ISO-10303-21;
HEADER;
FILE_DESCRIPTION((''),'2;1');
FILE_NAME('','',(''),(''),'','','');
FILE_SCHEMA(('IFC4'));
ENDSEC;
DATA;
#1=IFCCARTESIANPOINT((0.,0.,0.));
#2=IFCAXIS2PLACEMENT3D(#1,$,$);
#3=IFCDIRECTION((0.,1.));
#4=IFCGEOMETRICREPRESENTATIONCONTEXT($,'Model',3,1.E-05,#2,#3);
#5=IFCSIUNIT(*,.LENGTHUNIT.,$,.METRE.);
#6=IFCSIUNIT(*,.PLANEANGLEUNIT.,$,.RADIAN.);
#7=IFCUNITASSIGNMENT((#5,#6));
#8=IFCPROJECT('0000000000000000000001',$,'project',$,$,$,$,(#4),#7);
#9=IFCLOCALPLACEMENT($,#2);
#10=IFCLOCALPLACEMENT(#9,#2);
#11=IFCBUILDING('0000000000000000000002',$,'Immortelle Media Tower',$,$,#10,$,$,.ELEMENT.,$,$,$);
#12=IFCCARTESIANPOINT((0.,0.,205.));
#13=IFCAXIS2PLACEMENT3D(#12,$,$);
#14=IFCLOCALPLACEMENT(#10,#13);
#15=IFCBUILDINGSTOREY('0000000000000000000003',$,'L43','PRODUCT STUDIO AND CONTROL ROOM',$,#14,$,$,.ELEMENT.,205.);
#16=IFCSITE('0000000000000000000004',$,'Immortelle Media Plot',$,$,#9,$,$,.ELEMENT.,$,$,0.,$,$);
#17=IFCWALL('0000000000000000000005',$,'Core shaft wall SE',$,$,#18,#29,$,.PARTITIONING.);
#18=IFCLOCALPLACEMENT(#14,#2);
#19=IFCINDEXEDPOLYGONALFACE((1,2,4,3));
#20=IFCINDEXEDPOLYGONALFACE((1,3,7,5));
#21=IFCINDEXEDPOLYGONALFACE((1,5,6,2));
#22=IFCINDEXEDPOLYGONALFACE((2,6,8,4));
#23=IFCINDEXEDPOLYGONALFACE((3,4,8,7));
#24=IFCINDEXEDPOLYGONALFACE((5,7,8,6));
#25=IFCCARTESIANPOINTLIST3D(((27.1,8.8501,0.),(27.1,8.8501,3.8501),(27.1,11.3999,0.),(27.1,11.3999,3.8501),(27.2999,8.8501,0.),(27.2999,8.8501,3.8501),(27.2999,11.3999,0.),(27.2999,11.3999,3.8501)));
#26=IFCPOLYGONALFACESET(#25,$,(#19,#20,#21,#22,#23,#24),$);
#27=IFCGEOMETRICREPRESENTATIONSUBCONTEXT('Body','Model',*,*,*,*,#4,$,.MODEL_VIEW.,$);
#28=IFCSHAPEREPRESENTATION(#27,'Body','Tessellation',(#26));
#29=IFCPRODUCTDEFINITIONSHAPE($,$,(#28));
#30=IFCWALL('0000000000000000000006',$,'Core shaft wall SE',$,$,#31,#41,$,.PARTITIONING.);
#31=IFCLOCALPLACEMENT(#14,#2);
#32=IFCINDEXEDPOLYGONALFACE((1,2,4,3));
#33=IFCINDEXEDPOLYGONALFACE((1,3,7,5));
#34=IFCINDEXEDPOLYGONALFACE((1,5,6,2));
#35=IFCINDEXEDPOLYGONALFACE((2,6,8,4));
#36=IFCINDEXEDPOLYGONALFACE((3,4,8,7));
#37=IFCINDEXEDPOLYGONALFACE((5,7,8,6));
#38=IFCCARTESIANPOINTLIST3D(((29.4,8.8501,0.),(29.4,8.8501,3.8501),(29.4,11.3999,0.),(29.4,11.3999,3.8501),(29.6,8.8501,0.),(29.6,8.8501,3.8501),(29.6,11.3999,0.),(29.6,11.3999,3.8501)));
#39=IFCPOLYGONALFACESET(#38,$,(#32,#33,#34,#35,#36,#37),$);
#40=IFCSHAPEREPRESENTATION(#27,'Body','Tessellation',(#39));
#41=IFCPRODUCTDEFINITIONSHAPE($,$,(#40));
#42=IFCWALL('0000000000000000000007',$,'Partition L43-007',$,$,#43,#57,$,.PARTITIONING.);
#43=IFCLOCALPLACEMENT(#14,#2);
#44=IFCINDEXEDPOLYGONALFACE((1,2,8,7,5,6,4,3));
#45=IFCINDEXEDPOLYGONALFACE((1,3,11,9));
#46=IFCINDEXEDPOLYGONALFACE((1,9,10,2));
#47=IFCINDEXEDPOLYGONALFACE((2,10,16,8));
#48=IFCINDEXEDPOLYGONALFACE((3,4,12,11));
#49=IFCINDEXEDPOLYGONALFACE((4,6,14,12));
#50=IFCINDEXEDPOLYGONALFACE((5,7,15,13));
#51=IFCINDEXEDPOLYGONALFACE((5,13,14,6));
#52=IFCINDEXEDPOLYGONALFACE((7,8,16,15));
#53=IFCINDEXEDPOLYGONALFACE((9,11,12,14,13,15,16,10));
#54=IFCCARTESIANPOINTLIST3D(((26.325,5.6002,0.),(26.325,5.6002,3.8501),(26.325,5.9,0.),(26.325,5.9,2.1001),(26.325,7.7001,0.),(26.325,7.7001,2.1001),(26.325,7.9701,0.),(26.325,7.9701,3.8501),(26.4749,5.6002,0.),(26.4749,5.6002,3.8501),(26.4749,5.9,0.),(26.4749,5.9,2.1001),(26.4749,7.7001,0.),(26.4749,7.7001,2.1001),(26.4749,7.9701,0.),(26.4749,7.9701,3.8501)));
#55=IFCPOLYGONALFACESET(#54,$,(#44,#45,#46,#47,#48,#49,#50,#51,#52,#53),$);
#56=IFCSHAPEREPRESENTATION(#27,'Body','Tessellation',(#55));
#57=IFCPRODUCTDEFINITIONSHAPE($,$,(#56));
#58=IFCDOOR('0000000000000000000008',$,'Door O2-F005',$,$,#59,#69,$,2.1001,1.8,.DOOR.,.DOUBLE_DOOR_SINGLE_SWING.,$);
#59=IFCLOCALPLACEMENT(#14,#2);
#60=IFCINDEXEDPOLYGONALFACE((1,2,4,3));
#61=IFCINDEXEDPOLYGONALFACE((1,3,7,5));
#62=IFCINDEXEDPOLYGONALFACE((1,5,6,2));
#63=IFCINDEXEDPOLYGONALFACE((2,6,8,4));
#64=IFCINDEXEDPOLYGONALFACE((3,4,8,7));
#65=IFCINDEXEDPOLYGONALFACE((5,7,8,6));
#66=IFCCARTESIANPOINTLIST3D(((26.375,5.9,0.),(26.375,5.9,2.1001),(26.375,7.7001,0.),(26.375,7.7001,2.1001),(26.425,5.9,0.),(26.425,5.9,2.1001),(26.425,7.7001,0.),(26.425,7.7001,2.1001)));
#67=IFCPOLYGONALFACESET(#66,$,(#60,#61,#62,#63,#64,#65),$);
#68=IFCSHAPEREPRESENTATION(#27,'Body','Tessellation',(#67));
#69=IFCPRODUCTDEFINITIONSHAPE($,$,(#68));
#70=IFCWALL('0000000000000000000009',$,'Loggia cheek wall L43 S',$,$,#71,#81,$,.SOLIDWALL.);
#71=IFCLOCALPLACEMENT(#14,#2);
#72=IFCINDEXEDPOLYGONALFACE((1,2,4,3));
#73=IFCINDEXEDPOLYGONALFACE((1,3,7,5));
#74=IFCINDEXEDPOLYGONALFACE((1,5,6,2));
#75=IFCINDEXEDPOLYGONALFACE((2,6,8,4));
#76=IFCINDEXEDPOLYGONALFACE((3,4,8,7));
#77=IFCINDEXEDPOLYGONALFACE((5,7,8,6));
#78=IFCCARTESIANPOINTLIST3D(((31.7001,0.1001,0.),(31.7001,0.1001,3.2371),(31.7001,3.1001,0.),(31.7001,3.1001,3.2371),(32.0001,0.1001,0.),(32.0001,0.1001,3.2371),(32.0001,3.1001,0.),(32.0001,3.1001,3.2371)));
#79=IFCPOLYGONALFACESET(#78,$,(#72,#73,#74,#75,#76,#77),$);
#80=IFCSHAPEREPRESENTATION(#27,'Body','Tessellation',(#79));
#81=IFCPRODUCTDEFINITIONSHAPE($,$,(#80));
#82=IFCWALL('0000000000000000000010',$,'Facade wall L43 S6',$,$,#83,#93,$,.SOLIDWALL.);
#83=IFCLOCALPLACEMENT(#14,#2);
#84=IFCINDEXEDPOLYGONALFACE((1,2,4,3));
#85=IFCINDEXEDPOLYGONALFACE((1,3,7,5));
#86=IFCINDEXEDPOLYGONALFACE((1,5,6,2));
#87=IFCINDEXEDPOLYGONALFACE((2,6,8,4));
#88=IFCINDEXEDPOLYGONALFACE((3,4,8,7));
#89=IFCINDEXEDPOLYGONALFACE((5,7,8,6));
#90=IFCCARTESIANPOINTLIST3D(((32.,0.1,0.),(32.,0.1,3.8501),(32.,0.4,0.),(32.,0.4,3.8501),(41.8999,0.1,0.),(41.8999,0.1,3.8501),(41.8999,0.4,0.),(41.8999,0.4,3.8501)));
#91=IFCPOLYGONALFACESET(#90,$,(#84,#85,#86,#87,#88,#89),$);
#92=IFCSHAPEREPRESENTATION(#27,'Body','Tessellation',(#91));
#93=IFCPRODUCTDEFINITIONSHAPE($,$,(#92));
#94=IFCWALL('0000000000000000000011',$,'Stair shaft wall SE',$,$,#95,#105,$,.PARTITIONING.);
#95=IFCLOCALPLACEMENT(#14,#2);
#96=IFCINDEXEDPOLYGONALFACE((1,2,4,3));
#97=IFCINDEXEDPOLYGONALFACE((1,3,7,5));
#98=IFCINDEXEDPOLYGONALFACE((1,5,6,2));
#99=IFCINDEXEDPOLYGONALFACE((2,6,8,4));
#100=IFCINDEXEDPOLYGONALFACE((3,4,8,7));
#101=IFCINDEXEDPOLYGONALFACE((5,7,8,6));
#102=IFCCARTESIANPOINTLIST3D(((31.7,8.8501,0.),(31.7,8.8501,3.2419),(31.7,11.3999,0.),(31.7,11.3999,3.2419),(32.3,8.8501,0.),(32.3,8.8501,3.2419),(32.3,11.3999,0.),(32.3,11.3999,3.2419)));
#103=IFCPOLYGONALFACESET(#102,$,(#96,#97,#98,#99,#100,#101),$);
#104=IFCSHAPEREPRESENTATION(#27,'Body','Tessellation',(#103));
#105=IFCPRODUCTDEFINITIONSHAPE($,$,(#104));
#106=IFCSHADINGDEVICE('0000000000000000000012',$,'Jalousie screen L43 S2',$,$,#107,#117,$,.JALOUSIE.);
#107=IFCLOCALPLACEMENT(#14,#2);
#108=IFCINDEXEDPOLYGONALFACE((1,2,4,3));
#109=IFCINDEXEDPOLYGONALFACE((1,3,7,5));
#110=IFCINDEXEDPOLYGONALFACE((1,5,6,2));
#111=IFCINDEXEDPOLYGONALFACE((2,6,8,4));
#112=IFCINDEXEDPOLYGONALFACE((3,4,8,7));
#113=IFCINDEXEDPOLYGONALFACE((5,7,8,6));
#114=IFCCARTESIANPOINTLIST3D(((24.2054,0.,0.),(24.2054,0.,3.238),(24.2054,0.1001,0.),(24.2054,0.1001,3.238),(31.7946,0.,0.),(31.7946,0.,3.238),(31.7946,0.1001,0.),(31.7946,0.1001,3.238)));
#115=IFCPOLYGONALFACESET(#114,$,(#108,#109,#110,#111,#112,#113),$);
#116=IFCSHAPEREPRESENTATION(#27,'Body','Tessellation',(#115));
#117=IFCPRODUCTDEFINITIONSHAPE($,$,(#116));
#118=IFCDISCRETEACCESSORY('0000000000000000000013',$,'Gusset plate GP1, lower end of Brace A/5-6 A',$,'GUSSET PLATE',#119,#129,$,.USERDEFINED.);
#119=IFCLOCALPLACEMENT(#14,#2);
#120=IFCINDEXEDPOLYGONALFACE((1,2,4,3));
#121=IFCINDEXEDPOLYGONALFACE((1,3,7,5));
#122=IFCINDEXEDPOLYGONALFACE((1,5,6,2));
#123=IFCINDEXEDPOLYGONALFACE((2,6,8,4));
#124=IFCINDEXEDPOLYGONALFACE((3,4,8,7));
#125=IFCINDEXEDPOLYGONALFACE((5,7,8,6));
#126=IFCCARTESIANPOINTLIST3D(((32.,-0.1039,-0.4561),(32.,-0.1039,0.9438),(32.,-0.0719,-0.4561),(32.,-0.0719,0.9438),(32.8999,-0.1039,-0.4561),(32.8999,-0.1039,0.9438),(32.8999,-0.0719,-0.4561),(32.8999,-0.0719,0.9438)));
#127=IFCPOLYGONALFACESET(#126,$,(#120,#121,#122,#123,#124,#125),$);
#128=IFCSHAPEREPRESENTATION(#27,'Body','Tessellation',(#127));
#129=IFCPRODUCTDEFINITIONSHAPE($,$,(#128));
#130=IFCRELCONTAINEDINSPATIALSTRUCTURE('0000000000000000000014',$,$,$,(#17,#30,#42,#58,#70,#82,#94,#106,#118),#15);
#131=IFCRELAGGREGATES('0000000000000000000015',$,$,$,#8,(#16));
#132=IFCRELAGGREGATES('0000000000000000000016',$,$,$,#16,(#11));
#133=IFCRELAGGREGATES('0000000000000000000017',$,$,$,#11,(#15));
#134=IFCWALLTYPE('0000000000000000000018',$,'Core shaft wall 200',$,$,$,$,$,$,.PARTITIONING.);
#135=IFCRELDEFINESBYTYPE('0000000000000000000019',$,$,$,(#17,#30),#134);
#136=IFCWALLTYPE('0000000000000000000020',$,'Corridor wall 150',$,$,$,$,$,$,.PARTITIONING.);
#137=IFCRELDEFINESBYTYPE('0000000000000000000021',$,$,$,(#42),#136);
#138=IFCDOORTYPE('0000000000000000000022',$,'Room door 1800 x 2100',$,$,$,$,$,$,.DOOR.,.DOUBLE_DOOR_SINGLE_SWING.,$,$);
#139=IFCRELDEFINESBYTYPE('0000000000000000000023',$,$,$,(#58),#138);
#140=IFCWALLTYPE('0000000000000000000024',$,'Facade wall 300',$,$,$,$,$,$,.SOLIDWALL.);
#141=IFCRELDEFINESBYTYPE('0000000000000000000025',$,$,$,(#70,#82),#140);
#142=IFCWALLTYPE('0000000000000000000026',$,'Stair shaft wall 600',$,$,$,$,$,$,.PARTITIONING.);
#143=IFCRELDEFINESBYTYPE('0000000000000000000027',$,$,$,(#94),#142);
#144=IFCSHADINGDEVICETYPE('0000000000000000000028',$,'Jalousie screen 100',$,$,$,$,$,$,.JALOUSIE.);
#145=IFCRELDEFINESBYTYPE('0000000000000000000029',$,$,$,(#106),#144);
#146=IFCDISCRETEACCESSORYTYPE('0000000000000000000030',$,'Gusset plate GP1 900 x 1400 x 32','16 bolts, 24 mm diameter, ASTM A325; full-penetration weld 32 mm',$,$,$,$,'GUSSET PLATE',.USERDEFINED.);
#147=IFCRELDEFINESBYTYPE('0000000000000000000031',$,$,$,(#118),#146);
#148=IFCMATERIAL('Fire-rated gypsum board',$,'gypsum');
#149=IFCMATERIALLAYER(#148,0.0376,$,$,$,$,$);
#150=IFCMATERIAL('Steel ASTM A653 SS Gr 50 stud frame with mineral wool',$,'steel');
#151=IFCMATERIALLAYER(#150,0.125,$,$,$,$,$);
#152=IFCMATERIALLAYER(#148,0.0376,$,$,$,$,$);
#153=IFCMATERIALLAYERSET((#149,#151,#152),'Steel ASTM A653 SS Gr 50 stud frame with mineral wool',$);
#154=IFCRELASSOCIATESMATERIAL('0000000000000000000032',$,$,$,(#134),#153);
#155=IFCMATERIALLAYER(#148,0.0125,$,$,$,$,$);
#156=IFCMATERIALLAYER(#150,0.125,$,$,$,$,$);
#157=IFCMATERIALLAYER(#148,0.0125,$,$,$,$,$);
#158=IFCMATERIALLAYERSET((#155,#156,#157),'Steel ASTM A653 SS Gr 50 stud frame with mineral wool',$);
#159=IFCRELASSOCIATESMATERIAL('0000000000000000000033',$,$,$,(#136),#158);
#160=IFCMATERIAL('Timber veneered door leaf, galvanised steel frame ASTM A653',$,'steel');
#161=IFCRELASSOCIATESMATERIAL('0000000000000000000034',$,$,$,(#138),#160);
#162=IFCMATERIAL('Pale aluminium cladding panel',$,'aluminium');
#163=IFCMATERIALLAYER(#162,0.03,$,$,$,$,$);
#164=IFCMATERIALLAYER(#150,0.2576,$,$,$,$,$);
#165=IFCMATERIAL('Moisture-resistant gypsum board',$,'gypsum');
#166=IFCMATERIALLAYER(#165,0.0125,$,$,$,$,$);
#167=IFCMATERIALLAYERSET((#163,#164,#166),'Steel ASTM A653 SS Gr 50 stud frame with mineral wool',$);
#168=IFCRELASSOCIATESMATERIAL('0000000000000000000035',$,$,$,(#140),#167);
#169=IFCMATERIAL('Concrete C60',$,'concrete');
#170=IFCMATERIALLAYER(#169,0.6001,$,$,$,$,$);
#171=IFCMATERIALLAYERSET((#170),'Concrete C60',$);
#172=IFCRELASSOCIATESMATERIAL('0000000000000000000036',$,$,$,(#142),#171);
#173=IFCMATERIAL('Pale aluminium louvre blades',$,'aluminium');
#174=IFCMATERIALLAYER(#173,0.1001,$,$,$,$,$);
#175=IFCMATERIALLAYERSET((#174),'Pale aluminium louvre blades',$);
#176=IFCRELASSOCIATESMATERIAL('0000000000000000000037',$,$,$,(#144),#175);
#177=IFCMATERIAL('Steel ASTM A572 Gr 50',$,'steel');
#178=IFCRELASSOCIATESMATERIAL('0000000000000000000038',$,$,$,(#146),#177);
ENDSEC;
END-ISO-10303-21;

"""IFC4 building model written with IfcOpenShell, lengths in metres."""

from ifc_helpers import new_model, si_unit, direction, frame, frame_2d, origin, origin_2d, place, context, subcontext, project, spatial, rectangle, extrude, material, layer, layer_set, material_profile, profile_set, type_object, element, fill, save


model = new_model("IFC4")

# Units and contexts
model_context = context("Model", 3, precision=1e-05, world=origin(), true_north=direction((0.0, 1.0)))
body_context = subcontext(model_context, "Body", "Model", "MODEL_VIEW")
ifc_project = project(units=[si_unit("LENGTHUNIT", "METRE"), si_unit("PLANEANGLEUNIT", "RADIAN")], contexts=[model_context])

# Site, building, storey
site_placement = place(None, origin())
site = spatial("IfcSite", under=ifc_project, at=site_placement, Name="Immortelle Media Plot", CompositionType="ELEMENT", RefElevation=0.0)
building_placement = place(site_placement, origin())
building = spatial("IfcBuilding", under=site, at=building_placement, Name="Immortelle Media Tower", CompositionType="ELEMENT")
storey_placement = place(building_placement, frame((0.0, 0.0, 205.0)))
storey = spatial("IfcBuildingStorey", under=building, at=storey_placement, Name="L43", Description="PRODUCT STUDIO AND CONTROL ROOM", CompositionType="ELEMENT", Elevation=205.0)

# Walls
ifc_material_1 = material(Name="Fire-rated gypsum board", Category="gypsum")
ifc_layer_1 = layer(ifc_material_1, 0.0376)
ifc_material_2 = material(Name="Steel ASTM A653 SS Gr 50 stud frame with mineral wool", Category="steel")
ifc_layer_2 = layer(ifc_material_2, 0.125)
ifc_layer_3 = layer(ifc_material_1, 0.0376)
ifc_layer_set_1 = layer_set([ifc_layer_1, ifc_layer_2, ifc_layer_3], Name="Steel ASTM A653 SS Gr 50 stud frame with mineral wool")
wall_type_1 = type_object("IfcWallType", Name="Core shaft wall 200", PredefinedType="PARTITIONING", material=ifc_layer_set_1)
for number, where, z_axis, x_axis, name in (
    (1, (27.2, 8.8501, 0.0), (0.0, 0.0, 1.0), (0.0, 1.0, 0.0), "Core shaft wall SE"),
    (2, (29.5, 8.8501, 0.0), (0.0, 0.0, 1.0), (0.0, 1.0, 0.0), "Core shaft wall SE"),
):
    element("IfcWall", number, at=place(storey_placement, frame(where, z_axis=z_axis, x_axis=x_axis)), inside=storey, type_object=wall_type_1, Name=name, PredefinedType="PARTITIONING", context=body_context, shape_type="SweptSolid", body=[
        extrude(rectangle(XDim=2.5498, YDim=0.2, at=frame_2d((1.2749, 0.0))), origin(), (0.0, 0.0, 1.0), 3.8501),
    ])

# Wall, opening, door
ifc_layer_4 = layer(ifc_material_1, 0.0125)
ifc_layer_5 = layer(ifc_material_2, 0.125)
ifc_layer_6 = layer(ifc_material_1, 0.0125)
ifc_layer_set_2 = layer_set([ifc_layer_4, ifc_layer_5, ifc_layer_6], Name="Steel ASTM A653 SS Gr 50 stud frame with mineral wool")
wall_type_2 = type_object("IfcWallType", Name="Corridor wall 150", PredefinedType="PARTITIONING", material=ifc_layer_set_2)
wall_1_placement = place(storey_placement, frame((26.3999, 5.6001, 0.0), z_axis=(0.0, 0.0, 1.0), x_axis=(0.0, 1.0, 0.0)))
wall_1 = element("IfcWall", 3, at=wall_1_placement, inside=storey, type_object=wall_type_2, Name="Partition L43-007", PredefinedType="PARTITIONING", context=body_context, shape_type="SweptSolid", body=[
    extrude(rectangle(XDim=2.3699, YDim=0.1499, at=frame_2d((1.1851, 0.0))), origin(), (0.0, 0.0, 1.0), 3.8501),
])
opening_placement = place(wall_1_placement, frame((0.3, 0.0, 0.0)))
opening = element("IfcOpeningElement", 4, at=opening_placement, cuts=wall_1, PredefinedType="OPENING", context=body_context, shape_type="SweptSolid", body=[
    extrude(rectangle(XDim=1.8, YDim=2.1001, at=frame_2d((0.8999, 1.05))), frame((0.0, 0.085, 0.0), z_axis=(0.0, -1.0, 0.0), x_axis=(1.0, 0.0, 0.0)), (0.0, 0.0, 1.0), 0.1699),
])
ifc_material_3 = material(Name="Timber veneered door leaf, galvanised steel frame ASTM A653", Category="steel")
door_type = type_object("IfcDoorType", Name="Room door 1800 x 2100", OperationType="DOUBLE_DOOR_SINGLE_SWING", PredefinedType="DOOR", material=ifc_material_3)
door_placement = place(opening_placement, origin())
door = element("IfcDoor", 5, at=door_placement, inside=storey, type_object=door_type, Name="Door O2-F005", OperationType="DOUBLE_DOOR_SINGLE_SWING", OverallHeight=2.1001, OverallWidth=1.8, PredefinedType="DOOR", context=body_context, shape_type="SweptSolid", body=[
    extrude(rectangle(XDim=1.8, YDim=2.1001, at=frame_2d((0.8999, 1.05))), frame((0.0, 0.0249, 0.0), z_axis=(0.0, -1.0, 0.0), x_axis=(1.0, 0.0, 0.0)), (0.0, 0.0, 1.0), 0.05),
])
fill(opening, door)

# Walls
ifc_material_4 = material(Name="Pale aluminium cladding panel", Category="aluminium")
ifc_layer_7 = layer(ifc_material_4, 0.03)
ifc_layer_8 = layer(ifc_material_2, 0.2576)
ifc_material_5 = material(Name="Moisture-resistant gypsum board", Category="gypsum")
ifc_layer_9 = layer(ifc_material_5, 0.0125)
ifc_layer_set_3 = layer_set([ifc_layer_7, ifc_layer_8, ifc_layer_9], Name="Steel ASTM A653 SS Gr 50 stud frame with mineral wool")
wall_type_3 = type_object("IfcWallType", Name="Facade wall 300", PredefinedType="SOLIDWALL", material=ifc_layer_set_3)
wall_2_placement = place(storey_placement, frame((31.8501, 0.1001, 0.0), z_axis=(0.0, 0.0, 1.0), x_axis=(0.0, 1.0, 0.0)))
element("IfcWall", 6, at=wall_2_placement, inside=storey, type_object=wall_type_3, Name="Loggia cheek wall L43 S", PredefinedType="SOLIDWALL", context=body_context, shape_type="SweptSolid", body=[
    extrude(rectangle(XDim=3.0, YDim=0.3, at=frame_2d((1.5, 0.0))), origin(), (0.0, 0.0, 1.0), 3.2371),
])
wall_3_placement = place(storey_placement, frame((32.0, 0.25, 0.0), z_axis=(0.0, 0.0, 1.0), x_axis=(1.0, 0.0, 0.0)))
element("IfcWall", 7, at=wall_3_placement, inside=storey, type_object=wall_type_3, Name="Facade wall L43 S6", PredefinedType="SOLIDWALL", context=body_context, shape_type="SweptSolid", body=[
    extrude(rectangle(XDim=9.8999, YDim=0.3, at=frame_2d((4.95, 0.0))), origin(), (0.0, 0.0, 1.0), 3.8501),
])
ifc_material_6 = material(Name="Concrete C60", Category="concrete")
ifc_layer_10 = layer(ifc_material_6, 0.6001)
ifc_layer_set_4 = layer_set([ifc_layer_10], Name="Concrete C60")
wall_type_4 = type_object("IfcWallType", Name="Stair shaft wall 600", PredefinedType="PARTITIONING", material=ifc_layer_set_4)
wall_4_placement = place(storey_placement, frame((32.0, 8.8501, 0.0), z_axis=(0.0, 0.0, 1.0), x_axis=(0.0, 1.0, 0.0)))
element("IfcWall", 8, at=wall_4_placement, inside=storey, type_object=wall_type_4, Name="Stair shaft wall SE", PredefinedType="PARTITIONING", context=body_context, shape_type="SweptSolid", body=[
    extrude(rectangle(XDim=2.5498, YDim=0.6001, at=frame_2d((1.2749, 0.0))), origin(), (0.0, 0.0, 1.0), 3.2419),
])

# Shading device
ifc_material_7 = material(Name="Pale aluminium louvre blades", Category="aluminium")
ifc_layer_11 = layer(ifc_material_7, 0.1001)
ifc_layer_set_5 = layer_set([ifc_layer_11], Name="Pale aluminium louvre blades")
shading_device_type = type_object("IfcShadingDeviceType", Name="Jalousie screen 100", PredefinedType="JALOUSIE", material=ifc_layer_set_5)
shading_device_placement = place(storey_placement, frame((28.0, 0.05, 0.0), z_axis=(0.0, 0.0, 1.0), x_axis=(1.0, 0.0, 0.0)))
element("IfcShadingDevice", 9, at=shading_device_placement, inside=storey, type_object=shading_device_type, Name="Jalousie screen L43 S2", PredefinedType="JALOUSIE", context=body_context, shape_type="SweptSolid", body=[
    extrude(rectangle(XDim=7.5891, YDim=0.1001, at=origin_2d()), origin(), (0.0, 0.0, 1.0), 3.238),
])

# Discrete accessory
ifc_material_8 = material(Name="Steel ASTM A572 Gr 50", Category="steel")
ifc_material_profile_1 = material_profile(ifc_material_8, rectangle(XDim=0.032, YDim=1.3999, at=origin_2d()), Name="PL 32 x 1400")
ifc_profile_set_1 = profile_set([ifc_material_profile_1], Name="Steel ASTM A572 Gr 50")
discrete_accessory_type = type_object("IfcDiscreteAccessoryType", Name="Gusset plate GP1 900 x 1400 x 32", Description="16 bolts, 24 mm diameter, ASTM A325; full-penetration weld 32 mm", ElementType="GUSSET PLATE", PredefinedType="USERDEFINED", material=ifc_profile_set_1)
discrete_accessory_placement = place(storey_placement, frame((32.0, -0.0879, 0.2439), z_axis=(1.0, 0.0, 0.0), x_axis=(0.0, 1.0, 0.0)))
element("IfcDiscreteAccessory", 10, at=discrete_accessory_placement, inside=storey, type_object=discrete_accessory_type, Name="Gusset plate GP1, lower end of Brace A/5-6 A", ObjectType="GUSSET PLATE", PredefinedType="USERDEFINED", context=body_context, shape_type="SweptSolid", body=[
    extrude(rectangle(XDim=0.032, YDim=1.3999, at=origin_2d()), origin(), (0.0, 0.0, 1.0), 0.8999),
])

save(model, "model.ifc")
